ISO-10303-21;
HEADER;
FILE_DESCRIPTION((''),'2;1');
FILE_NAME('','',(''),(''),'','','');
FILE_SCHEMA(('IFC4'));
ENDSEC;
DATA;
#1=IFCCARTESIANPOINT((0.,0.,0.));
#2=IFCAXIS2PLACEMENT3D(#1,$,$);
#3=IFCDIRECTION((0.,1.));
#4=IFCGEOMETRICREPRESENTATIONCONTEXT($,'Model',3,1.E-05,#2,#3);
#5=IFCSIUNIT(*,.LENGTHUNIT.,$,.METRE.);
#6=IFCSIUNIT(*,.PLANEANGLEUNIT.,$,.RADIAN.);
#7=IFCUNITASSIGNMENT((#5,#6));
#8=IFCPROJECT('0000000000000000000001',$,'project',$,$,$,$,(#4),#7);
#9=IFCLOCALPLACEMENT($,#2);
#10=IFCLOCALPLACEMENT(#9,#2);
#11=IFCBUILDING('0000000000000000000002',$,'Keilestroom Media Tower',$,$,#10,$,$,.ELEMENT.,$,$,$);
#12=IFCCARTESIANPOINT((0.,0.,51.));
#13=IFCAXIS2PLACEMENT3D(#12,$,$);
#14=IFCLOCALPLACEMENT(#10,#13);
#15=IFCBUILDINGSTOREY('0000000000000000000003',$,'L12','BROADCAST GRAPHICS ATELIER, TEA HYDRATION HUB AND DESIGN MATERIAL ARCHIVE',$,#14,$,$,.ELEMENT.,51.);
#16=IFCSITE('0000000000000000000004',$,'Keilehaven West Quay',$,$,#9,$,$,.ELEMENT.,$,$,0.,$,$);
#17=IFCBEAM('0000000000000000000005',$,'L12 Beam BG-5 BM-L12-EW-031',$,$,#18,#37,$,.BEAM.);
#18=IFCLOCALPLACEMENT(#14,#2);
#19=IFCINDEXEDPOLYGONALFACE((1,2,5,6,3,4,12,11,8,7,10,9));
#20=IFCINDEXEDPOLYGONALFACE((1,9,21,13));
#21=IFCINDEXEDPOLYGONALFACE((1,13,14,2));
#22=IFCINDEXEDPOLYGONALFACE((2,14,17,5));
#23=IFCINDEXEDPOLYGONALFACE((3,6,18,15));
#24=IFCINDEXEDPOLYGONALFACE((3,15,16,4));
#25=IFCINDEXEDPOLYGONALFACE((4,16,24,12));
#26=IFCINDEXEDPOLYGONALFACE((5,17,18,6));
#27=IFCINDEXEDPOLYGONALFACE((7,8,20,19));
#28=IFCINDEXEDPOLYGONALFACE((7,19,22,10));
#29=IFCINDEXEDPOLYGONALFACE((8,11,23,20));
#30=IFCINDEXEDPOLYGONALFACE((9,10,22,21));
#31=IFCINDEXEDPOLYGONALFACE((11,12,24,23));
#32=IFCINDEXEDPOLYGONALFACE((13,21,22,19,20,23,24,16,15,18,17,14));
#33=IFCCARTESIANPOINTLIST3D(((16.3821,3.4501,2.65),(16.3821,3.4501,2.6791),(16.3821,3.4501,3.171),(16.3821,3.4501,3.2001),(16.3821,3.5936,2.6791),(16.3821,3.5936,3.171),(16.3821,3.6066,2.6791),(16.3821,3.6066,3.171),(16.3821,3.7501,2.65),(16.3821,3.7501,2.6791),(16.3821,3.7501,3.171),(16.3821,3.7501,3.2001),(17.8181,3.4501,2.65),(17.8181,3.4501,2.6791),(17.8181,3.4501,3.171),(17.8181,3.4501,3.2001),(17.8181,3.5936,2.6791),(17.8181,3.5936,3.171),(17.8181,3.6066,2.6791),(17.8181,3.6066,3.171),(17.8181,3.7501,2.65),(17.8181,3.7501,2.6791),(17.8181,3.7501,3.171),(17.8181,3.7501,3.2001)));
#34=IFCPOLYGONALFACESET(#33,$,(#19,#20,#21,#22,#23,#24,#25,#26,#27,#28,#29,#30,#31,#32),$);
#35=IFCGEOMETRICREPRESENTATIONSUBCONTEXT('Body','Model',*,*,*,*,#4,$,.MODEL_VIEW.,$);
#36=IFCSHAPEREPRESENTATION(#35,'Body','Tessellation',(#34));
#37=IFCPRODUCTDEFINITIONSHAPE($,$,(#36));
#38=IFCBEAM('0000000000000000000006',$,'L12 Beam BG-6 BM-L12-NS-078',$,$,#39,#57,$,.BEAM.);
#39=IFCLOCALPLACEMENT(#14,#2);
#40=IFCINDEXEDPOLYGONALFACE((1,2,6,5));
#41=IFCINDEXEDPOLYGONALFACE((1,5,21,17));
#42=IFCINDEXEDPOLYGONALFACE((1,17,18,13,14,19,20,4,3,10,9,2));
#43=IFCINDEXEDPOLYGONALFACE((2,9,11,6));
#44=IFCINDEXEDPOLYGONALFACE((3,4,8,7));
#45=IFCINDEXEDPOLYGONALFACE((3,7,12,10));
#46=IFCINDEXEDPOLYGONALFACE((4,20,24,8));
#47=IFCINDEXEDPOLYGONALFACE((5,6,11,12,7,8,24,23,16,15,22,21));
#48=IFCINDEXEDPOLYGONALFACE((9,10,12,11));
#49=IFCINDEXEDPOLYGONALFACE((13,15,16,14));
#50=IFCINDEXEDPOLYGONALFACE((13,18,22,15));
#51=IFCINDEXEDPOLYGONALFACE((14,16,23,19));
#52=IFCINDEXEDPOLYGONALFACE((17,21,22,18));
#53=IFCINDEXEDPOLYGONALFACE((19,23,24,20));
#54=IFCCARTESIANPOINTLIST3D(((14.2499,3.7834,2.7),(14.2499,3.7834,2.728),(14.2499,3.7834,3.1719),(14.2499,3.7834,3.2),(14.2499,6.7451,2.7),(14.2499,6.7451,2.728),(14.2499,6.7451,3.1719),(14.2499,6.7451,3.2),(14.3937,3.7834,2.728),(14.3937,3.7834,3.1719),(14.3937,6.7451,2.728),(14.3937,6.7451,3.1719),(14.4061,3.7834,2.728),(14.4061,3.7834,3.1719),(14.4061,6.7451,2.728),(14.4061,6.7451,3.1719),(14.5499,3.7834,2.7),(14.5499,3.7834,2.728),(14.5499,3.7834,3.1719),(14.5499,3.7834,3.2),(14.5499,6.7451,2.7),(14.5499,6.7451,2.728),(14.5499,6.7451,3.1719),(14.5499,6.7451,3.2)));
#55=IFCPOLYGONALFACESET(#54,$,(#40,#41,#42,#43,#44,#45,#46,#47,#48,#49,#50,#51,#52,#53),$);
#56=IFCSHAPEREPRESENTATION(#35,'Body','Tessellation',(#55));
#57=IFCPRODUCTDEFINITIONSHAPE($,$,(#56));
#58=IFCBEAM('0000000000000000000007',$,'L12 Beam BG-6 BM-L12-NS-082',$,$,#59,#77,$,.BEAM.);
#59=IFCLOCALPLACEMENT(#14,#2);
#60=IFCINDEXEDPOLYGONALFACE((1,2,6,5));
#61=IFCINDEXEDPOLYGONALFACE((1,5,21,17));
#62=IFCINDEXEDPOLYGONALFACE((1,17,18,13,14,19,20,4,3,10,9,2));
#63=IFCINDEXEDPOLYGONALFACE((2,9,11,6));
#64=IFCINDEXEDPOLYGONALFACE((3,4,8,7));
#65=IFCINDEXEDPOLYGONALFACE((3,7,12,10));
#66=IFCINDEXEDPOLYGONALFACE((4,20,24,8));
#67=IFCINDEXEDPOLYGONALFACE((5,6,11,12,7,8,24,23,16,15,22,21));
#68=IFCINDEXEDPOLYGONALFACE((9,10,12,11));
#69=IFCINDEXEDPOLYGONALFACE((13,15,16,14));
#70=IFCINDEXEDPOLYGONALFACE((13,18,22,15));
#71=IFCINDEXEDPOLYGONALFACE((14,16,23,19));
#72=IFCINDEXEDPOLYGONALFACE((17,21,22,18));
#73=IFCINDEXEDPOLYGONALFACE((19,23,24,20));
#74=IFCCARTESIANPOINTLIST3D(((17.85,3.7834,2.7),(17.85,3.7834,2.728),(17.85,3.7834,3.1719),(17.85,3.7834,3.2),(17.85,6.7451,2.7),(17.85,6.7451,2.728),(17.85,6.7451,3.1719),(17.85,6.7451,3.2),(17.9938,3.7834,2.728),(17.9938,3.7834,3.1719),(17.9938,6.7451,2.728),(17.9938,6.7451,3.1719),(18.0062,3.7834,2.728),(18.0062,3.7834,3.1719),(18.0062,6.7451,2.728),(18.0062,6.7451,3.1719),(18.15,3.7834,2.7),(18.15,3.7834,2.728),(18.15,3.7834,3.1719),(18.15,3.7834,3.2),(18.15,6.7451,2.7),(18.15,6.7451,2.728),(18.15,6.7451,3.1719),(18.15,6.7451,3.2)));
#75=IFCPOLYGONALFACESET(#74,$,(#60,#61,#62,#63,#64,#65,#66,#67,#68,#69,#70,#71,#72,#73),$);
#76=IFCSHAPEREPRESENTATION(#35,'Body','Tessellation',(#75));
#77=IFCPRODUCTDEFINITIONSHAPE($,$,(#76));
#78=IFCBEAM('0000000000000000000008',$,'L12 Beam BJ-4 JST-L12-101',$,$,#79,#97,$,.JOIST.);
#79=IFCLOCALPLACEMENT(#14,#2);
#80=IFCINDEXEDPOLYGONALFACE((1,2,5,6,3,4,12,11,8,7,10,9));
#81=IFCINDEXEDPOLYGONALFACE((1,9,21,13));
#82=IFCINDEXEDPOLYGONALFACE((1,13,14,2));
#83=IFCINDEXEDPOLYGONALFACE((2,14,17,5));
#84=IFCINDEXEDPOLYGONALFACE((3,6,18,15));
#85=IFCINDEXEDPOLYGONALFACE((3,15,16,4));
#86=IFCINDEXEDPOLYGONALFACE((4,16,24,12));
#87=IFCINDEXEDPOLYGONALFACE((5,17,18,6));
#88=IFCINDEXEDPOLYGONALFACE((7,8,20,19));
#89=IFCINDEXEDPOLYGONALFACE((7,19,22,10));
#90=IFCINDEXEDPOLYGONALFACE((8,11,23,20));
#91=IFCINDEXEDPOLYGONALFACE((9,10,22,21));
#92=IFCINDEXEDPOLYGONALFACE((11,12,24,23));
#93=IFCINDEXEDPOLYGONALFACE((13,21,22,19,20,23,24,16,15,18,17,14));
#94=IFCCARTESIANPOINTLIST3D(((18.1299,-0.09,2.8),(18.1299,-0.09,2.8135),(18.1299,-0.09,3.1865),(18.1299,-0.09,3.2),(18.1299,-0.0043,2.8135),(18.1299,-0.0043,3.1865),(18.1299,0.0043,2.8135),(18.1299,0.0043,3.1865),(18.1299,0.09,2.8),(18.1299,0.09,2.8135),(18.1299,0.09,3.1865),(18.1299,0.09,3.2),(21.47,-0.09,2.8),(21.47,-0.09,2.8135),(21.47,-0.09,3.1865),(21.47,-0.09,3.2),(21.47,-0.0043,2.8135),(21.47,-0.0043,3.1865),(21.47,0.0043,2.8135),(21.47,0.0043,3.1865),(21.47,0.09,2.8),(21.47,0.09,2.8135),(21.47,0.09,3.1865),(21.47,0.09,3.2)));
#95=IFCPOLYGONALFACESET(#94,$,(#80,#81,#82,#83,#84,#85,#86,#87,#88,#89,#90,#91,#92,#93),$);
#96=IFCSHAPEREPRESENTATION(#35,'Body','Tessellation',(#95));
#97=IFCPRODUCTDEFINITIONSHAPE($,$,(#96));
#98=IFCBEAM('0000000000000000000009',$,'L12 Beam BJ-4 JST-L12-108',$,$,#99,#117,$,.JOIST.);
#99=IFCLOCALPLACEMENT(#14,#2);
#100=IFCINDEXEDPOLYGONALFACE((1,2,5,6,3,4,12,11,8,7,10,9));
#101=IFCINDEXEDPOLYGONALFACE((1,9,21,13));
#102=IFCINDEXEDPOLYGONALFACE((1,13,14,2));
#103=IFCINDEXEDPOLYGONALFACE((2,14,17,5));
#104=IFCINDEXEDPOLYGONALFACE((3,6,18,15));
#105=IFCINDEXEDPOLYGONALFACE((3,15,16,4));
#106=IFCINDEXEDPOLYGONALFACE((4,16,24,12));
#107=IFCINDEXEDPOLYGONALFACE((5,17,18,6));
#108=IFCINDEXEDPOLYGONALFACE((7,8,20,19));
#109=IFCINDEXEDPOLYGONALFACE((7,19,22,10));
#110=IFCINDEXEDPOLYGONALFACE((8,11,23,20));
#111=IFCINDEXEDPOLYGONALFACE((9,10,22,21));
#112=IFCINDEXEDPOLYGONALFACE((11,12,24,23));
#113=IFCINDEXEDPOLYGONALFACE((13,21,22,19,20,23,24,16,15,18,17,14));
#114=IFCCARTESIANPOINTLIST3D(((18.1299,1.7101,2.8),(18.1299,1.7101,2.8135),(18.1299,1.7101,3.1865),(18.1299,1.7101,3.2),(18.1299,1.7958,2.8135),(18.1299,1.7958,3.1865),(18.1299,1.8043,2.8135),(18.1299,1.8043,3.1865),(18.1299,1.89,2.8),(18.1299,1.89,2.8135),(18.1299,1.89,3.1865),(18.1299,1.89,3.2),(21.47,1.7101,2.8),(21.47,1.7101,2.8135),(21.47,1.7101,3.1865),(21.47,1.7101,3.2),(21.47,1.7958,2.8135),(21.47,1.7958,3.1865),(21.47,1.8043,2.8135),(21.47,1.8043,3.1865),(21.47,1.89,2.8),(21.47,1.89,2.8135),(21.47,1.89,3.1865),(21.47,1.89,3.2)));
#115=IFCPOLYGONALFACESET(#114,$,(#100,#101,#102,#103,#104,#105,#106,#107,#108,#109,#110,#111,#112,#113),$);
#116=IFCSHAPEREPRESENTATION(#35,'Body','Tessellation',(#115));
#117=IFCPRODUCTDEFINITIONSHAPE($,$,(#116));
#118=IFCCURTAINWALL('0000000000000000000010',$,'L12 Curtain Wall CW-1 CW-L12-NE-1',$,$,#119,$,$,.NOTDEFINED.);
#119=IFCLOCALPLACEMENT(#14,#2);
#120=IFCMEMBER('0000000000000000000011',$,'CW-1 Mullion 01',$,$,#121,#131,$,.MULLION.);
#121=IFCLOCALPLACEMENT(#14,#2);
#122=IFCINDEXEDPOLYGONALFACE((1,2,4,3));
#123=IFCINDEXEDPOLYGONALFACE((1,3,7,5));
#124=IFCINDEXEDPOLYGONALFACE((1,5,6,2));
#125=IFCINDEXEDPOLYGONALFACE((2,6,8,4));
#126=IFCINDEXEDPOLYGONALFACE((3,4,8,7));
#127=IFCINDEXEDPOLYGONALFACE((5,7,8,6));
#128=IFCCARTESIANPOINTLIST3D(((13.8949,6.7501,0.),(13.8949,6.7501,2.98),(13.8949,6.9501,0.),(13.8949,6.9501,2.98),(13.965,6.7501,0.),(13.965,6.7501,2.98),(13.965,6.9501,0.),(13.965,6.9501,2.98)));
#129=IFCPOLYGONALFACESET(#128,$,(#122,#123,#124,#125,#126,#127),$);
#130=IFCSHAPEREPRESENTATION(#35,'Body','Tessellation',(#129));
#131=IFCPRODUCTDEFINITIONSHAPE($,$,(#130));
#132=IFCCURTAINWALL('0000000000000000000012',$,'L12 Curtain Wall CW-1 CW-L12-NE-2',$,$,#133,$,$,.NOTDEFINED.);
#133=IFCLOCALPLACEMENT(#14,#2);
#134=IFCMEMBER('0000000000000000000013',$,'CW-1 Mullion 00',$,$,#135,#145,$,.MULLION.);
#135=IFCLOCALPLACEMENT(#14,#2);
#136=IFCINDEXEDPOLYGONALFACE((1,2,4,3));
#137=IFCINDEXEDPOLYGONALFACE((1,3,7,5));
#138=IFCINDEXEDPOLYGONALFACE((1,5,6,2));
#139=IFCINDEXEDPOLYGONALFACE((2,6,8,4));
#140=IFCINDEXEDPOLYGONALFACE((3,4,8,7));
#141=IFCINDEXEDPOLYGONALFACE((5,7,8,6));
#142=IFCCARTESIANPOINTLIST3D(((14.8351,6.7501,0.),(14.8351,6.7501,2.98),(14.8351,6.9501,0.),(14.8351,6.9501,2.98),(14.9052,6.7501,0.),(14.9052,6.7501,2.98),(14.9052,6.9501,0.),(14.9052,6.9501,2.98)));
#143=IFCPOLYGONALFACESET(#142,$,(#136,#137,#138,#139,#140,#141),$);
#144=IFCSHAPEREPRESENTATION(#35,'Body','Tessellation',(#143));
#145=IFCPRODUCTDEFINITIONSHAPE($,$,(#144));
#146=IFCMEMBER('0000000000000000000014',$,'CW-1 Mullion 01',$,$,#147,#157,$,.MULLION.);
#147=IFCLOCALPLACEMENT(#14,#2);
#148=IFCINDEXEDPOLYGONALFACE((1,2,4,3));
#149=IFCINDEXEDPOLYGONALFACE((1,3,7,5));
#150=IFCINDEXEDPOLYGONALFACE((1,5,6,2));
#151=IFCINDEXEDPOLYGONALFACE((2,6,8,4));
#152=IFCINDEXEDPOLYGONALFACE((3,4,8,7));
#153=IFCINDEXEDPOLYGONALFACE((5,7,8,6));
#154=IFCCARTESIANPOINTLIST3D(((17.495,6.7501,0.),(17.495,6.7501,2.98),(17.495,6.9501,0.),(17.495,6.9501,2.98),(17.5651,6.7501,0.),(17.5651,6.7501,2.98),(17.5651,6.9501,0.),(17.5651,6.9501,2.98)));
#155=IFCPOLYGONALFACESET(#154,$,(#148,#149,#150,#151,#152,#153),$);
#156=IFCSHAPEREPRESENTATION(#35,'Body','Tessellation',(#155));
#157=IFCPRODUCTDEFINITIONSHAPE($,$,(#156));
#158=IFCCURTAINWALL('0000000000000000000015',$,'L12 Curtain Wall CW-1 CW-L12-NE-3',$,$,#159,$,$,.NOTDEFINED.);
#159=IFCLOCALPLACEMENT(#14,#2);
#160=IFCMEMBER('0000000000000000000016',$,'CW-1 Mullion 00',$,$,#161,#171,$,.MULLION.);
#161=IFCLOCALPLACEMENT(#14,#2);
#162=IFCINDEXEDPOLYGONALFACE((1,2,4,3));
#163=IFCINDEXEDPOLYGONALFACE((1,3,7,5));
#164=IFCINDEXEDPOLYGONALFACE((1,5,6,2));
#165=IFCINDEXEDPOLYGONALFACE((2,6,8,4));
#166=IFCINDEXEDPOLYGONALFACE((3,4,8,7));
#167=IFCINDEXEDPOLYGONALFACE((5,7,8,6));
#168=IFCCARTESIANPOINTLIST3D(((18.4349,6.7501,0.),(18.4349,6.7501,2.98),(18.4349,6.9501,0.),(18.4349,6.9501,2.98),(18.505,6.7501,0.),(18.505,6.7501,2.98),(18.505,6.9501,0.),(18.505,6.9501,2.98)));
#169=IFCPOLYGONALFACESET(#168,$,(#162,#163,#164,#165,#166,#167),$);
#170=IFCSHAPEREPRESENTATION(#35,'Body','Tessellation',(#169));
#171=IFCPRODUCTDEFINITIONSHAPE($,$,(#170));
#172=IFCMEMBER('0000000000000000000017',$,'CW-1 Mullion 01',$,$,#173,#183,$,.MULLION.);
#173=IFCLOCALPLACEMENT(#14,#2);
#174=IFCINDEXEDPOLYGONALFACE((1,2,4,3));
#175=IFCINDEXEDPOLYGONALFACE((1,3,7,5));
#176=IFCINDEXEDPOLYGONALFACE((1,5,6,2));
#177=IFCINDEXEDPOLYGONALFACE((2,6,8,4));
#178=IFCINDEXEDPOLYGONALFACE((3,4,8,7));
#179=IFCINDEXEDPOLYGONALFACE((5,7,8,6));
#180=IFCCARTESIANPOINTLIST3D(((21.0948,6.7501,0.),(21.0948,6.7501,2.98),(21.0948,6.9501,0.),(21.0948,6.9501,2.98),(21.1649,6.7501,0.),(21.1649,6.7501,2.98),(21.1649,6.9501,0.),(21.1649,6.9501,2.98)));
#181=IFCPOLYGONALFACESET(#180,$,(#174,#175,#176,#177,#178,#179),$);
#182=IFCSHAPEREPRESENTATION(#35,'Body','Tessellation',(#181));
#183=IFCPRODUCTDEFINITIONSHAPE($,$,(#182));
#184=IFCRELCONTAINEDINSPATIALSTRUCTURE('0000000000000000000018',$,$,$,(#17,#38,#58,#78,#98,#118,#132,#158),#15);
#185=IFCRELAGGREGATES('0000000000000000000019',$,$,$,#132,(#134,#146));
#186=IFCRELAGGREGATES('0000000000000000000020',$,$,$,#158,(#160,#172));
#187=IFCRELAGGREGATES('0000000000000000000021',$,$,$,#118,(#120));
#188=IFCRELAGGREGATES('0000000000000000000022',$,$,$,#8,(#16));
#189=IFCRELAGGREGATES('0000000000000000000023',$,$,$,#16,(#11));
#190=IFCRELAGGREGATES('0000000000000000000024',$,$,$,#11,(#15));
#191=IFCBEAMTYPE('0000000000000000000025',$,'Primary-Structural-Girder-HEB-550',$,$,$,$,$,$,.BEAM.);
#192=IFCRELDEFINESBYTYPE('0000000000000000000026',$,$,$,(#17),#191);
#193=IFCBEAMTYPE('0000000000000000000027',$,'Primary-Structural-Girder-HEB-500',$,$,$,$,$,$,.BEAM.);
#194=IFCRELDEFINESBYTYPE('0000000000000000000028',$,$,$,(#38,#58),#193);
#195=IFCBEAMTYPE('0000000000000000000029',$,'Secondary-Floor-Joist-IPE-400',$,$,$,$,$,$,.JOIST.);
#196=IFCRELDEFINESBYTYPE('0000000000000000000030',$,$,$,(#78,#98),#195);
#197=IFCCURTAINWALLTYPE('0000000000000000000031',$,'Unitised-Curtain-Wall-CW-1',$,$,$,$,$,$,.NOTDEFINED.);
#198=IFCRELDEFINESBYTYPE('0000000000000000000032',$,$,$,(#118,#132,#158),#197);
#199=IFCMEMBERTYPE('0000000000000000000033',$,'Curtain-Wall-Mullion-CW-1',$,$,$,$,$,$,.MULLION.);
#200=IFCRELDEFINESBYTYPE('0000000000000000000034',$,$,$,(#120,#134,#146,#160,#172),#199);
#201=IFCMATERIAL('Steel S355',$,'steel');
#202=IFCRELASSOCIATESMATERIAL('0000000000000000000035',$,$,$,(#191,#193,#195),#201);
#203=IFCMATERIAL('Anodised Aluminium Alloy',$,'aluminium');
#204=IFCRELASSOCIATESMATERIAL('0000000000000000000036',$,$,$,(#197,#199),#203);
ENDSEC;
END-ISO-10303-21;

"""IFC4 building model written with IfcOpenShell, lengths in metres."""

from ifc_helpers import new_model, si_unit, direction, frame, origin, origin_2d, place, context, subcontext, project, spatial, rectangle, i_section, extrude, source, transform, mapped, material, material_profile, profile_set, type_object, element, aggregate, save


model = new_model("IFC4")

# Units and contexts
model_context = context("Model", 3, precision=1e-05, world=origin(), true_north=direction((0.0, 1.0)))
body_context = subcontext(model_context, "Body", "Model", "MODEL_VIEW")
ifc_project = project(units=[si_unit("LENGTHUNIT", "METRE"), si_unit("PLANEANGLEUNIT", "RADIAN")], contexts=[model_context])

# Site, building, storey
site_placement = place(None, origin())
site = spatial("IfcSite", under=ifc_project, at=site_placement, Name="Keilehaven West Quay", CompositionType="ELEMENT", RefElevation=0.0)
building_placement = place(site_placement, origin())
building = spatial("IfcBuilding", under=site, at=building_placement, Name="Keilestroom Media Tower", CompositionType="ELEMENT")
storey_placement = place(building_placement, frame((0.0, 0.0, 51.0)))
storey = spatial("IfcBuildingStorey", under=building, at=storey_placement, Name="L12", Description="BROADCAST GRAPHICS ATELIER, TEA HYDRATION HUB AND DESIGN MATERIAL ARCHIVE", CompositionType="ELEMENT", Elevation=51.0)

# Beams
ifc_material_1 = material(Name="Steel S355", Category="steel")
ifc_material_profile_1 = material_profile(ifc_material_1, i_section(OverallWidth=0.3, OverallDepth=0.55, WebThickness=0.0129, FlangeThickness=0.0291, at=origin_2d()), Name="HEB 550")
ifc_profile_set_1 = profile_set([ifc_material_profile_1], Name="Steel S355")
beam_type_1 = type_object("IfcBeamType", Name="Primary-Structural-Girder-HEB-550", PredefinedType="BEAM", material=ifc_profile_set_1)
shared_shape_1 = source(origin(), body_context, "Body", "SweptSolid", [
    extrude(i_section(OverallWidth=0.3, OverallDepth=0.55, WebThickness=0.0129, FlangeThickness=0.0291, at=origin_2d()), origin(), (0.0, 0.0, 1.0), 1.436),
])
for number, where, z_axis, x_axis, name in (
    (1, (16.3821, 3.6001, 2.925), (1.0, 0.0, 0.0), (0.0, 1.0, 0.0), "L12 Beam BG-5 BM-L12-EW-031"),
):
    element("IfcBeam", number, at=place(storey_placement, frame(where, z_axis=z_axis, x_axis=x_axis)), inside=storey, type_object=beam_type_1, Name=name, PredefinedType="BEAM", context=body_context, shape_type="MappedRepresentation", body=[
        mapped(shared_shape_1, transform((0.0, 0.0, 0.0), x_axis=(1.0, 0.0, 0.0), y_axis=(0.0, 1.0, 0.0), z_axis=(0.0, 0.0, 1.0), scale=1.0)),
    ])
ifc_material_profile_2 = material_profile(ifc_material_1, i_section(OverallWidth=0.3, OverallDepth=0.5, WebThickness=0.0125, FlangeThickness=0.0281, at=origin_2d()), Name="HEB 500")
ifc_profile_set_2 = profile_set([ifc_material_profile_2], Name="Steel S355")
beam_type_2 = type_object("IfcBeamType", Name="Primary-Structural-Girder-HEB-500", PredefinedType="BEAM", material=ifc_profile_set_2)
shared_shape_2 = source(origin(), body_context, "Body", "SweptSolid", [
    extrude(i_section(OverallWidth=0.3, OverallDepth=0.5, WebThickness=0.0125, FlangeThickness=0.0281, at=origin_2d()), origin(), (0.0, 0.0, 1.0), 2.9617),
])
for number, where, z_axis, x_axis, name in (
    (2, (14.3999, 3.7834, 2.95), (0.0, 1.0, 0.0), (-1.0, 0.0, 0.0), "L12 Beam BG-6 BM-L12-NS-078"),
    (3, (18.0, 3.7834, 2.95), (0.0, 1.0, 0.0), (-1.0, 0.0, 0.0), "L12 Beam BG-6 BM-L12-NS-082"),
):
    element("IfcBeam", number, at=place(storey_placement, frame(where, z_axis=z_axis, x_axis=x_axis)), inside=storey, type_object=beam_type_2, Name=name, PredefinedType="BEAM", context=body_context, shape_type="MappedRepresentation", body=[
        mapped(shared_shape_2, transform((0.0, 0.0, 0.0), x_axis=(1.0, 0.0, 0.0), y_axis=(0.0, 1.0, 0.0), z_axis=(0.0, 0.0, 1.0), scale=1.0)),
    ])
ifc_material_profile_3 = material_profile(ifc_material_1, i_section(OverallWidth=0.1799, OverallDepth=0.3999, WebThickness=0.0085, FlangeThickness=0.0134, at=origin_2d()), Name="IPE 400")
ifc_profile_set_3 = profile_set([ifc_material_profile_3], Name="Steel S355")
beam_type_3 = type_object("IfcBeamType", Name="Secondary-Floor-Joist-IPE-400", PredefinedType="JOIST", material=ifc_profile_set_3)
shared_shape_3 = source(origin(), body_context, "Body", "SweptSolid", [
    extrude(i_section(OverallWidth=0.1799, OverallDepth=0.3999, WebThickness=0.0085, FlangeThickness=0.0134, at=origin_2d()), origin(), (0.0, 0.0, 1.0), 3.3401),
])
for number, where, z_axis, x_axis, name in (
    (4, (18.1299, 0.0, 3.0), (1.0, 0.0, 0.0), (0.0, 1.0, 0.0), "L12 Beam BJ-4 JST-L12-101"),
    (5, (18.1299, 1.8, 3.0), (1.0, 0.0, 0.0), (0.0, 1.0, 0.0), "L12 Beam BJ-4 JST-L12-108"),
):
    element("IfcBeam", number, at=place(storey_placement, frame(where, z_axis=z_axis, x_axis=x_axis)), inside=storey, type_object=beam_type_3, Name=name, PredefinedType="JOIST", context=body_context, shape_type="MappedRepresentation", body=[
        mapped(shared_shape_3, transform((0.0, 0.0, 0.0), x_axis=(1.0, 0.0, 0.0), y_axis=(0.0, 1.0, 0.0), z_axis=(0.0, 0.0, 1.0), scale=1.0)),
    ])

# Curtain wall, member
ifc_material_2 = material(Name="Anodised Aluminium Alloy", Category="aluminium")
curtain_wall_type = type_object("IfcCurtainWallType", Name="Unitised-Curtain-Wall-CW-1", PredefinedType="NOTDEFINED", material=ifc_material_2)
curtain_wall_1_placement = place(storey_placement, origin())
curtain_wall_1 = element("IfcCurtainWall", 6, at=curtain_wall_1_placement, inside=storey, type_object=curtain_wall_type, Name="L12 Curtain Wall CW-1 CW-L12-NE-1", PredefinedType="NOTDEFINED")
ifc_material_profile_4 = material_profile(ifc_material_2, rectangle(XDim=0.0701, YDim=0.2, at=origin_2d()), Name="ALU MULLION 70x200")
ifc_profile_set_4 = profile_set([ifc_material_profile_4], Name="Anodised Aluminium Alloy")
member_type_1 = type_object("IfcMemberType", Name="Curtain-Wall-Mullion-CW-1", PredefinedType="MULLION", material=ifc_profile_set_4)
shared_shape_4 = source(origin(), body_context, "Body", "SweptSolid", [
    extrude(rectangle(XDim=0.0701, YDim=0.2, at=origin_2d()), origin(), (0.0, 0.0, 1.0), 2.98),
])
member_1_placement = place(storey_placement, frame((13.9299, 6.8501, 0.0), z_axis=(0.0, 0.0, 1.0), x_axis=(1.0, 0.0, 0.0)))
member_1 = element("IfcMember", 7, at=member_1_placement, type_object=member_type_1, Name="CW-1 Mullion 01", PredefinedType="MULLION", context=body_context, shape_type="MappedRepresentation", body=[
    mapped(shared_shape_4, transform((0.0, 0.0, 0.0), x_axis=(1.0, 0.0, 0.0), y_axis=(0.0, 1.0, 0.0), z_axis=(0.0, 0.0, 1.0), scale=1.0)),
])

# Curtain walls, members
curtain_wall_2_placement = place(storey_placement, origin())
curtain_wall_2 = element("IfcCurtainWall", 8, at=curtain_wall_2_placement, inside=storey, type_object=curtain_wall_type, Name="L12 Curtain Wall CW-1 CW-L12-NE-2", PredefinedType="NOTDEFINED")
member_2_placement = place(storey_placement, frame((14.8701, 6.8501, 0.0), z_axis=(0.0, 0.0, 1.0), x_axis=(1.0, 0.0, 0.0)))
member_2 = element("IfcMember", 9, at=member_2_placement, type_object=member_type_1, Name="CW-1 Mullion 00", PredefinedType="MULLION", context=body_context, shape_type="MappedRepresentation", body=[
    mapped(shared_shape_4, transform((0.0, 0.0, 0.0), x_axis=(1.0, 0.0, 0.0), y_axis=(0.0, 1.0, 0.0), z_axis=(0.0, 0.0, 1.0), scale=1.0)),
])
member_3_placement = place(storey_placement, frame((17.53, 6.8501, 0.0), z_axis=(0.0, 0.0, 1.0), x_axis=(1.0, 0.0, 0.0)))
member_3 = element("IfcMember", 10, at=member_3_placement, type_object=member_type_1, Name="CW-1 Mullion 01", PredefinedType="MULLION", context=body_context, shape_type="MappedRepresentation", body=[
    mapped(shared_shape_4, transform((0.0, 0.0, 0.0), x_axis=(1.0, 0.0, 0.0), y_axis=(0.0, 1.0, 0.0), z_axis=(0.0, 0.0, 1.0), scale=1.0)),
])
curtain_wall_3_placement = place(storey_placement, origin())
curtain_wall_3 = element("IfcCurtainWall", 11, at=curtain_wall_3_placement, inside=storey, type_object=curtain_wall_type, Name="L12 Curtain Wall CW-1 CW-L12-NE-3", PredefinedType="NOTDEFINED")
member_4_placement = place(storey_placement, frame((18.47, 6.8501, 0.0), z_axis=(0.0, 0.0, 1.0), x_axis=(1.0, 0.0, 0.0)))
member_4 = element("IfcMember", 12, at=member_4_placement, type_object=member_type_1, Name="CW-1 Mullion 00", PredefinedType="MULLION", context=body_context, shape_type="MappedRepresentation", body=[
    mapped(shared_shape_4, transform((0.0, 0.0, 0.0), x_axis=(1.0, 0.0, 0.0), y_axis=(0.0, 1.0, 0.0), z_axis=(0.0, 0.0, 1.0), scale=1.0)),
])
member_5_placement = place(storey_placement, frame((21.1299, 6.8501, 0.0), z_axis=(0.0, 0.0, 1.0), x_axis=(1.0, 0.0, 0.0)))
member_5 = element("IfcMember", 13, at=member_5_placement, type_object=member_type_1, Name="CW-1 Mullion 01", PredefinedType="MULLION", context=body_context, shape_type="MappedRepresentation", body=[
    mapped(shared_shape_4, transform((0.0, 0.0, 0.0), x_axis=(1.0, 0.0, 0.0), y_axis=(0.0, 1.0, 0.0), z_axis=(0.0, 0.0, 1.0), scale=1.0)),
])

aggregate(curtain_wall_2, [member_2, member_3])
aggregate(curtain_wall_3, [member_4, member_5])
aggregate(curtain_wall_1, [member_1])

save(model, "model.ifc")
